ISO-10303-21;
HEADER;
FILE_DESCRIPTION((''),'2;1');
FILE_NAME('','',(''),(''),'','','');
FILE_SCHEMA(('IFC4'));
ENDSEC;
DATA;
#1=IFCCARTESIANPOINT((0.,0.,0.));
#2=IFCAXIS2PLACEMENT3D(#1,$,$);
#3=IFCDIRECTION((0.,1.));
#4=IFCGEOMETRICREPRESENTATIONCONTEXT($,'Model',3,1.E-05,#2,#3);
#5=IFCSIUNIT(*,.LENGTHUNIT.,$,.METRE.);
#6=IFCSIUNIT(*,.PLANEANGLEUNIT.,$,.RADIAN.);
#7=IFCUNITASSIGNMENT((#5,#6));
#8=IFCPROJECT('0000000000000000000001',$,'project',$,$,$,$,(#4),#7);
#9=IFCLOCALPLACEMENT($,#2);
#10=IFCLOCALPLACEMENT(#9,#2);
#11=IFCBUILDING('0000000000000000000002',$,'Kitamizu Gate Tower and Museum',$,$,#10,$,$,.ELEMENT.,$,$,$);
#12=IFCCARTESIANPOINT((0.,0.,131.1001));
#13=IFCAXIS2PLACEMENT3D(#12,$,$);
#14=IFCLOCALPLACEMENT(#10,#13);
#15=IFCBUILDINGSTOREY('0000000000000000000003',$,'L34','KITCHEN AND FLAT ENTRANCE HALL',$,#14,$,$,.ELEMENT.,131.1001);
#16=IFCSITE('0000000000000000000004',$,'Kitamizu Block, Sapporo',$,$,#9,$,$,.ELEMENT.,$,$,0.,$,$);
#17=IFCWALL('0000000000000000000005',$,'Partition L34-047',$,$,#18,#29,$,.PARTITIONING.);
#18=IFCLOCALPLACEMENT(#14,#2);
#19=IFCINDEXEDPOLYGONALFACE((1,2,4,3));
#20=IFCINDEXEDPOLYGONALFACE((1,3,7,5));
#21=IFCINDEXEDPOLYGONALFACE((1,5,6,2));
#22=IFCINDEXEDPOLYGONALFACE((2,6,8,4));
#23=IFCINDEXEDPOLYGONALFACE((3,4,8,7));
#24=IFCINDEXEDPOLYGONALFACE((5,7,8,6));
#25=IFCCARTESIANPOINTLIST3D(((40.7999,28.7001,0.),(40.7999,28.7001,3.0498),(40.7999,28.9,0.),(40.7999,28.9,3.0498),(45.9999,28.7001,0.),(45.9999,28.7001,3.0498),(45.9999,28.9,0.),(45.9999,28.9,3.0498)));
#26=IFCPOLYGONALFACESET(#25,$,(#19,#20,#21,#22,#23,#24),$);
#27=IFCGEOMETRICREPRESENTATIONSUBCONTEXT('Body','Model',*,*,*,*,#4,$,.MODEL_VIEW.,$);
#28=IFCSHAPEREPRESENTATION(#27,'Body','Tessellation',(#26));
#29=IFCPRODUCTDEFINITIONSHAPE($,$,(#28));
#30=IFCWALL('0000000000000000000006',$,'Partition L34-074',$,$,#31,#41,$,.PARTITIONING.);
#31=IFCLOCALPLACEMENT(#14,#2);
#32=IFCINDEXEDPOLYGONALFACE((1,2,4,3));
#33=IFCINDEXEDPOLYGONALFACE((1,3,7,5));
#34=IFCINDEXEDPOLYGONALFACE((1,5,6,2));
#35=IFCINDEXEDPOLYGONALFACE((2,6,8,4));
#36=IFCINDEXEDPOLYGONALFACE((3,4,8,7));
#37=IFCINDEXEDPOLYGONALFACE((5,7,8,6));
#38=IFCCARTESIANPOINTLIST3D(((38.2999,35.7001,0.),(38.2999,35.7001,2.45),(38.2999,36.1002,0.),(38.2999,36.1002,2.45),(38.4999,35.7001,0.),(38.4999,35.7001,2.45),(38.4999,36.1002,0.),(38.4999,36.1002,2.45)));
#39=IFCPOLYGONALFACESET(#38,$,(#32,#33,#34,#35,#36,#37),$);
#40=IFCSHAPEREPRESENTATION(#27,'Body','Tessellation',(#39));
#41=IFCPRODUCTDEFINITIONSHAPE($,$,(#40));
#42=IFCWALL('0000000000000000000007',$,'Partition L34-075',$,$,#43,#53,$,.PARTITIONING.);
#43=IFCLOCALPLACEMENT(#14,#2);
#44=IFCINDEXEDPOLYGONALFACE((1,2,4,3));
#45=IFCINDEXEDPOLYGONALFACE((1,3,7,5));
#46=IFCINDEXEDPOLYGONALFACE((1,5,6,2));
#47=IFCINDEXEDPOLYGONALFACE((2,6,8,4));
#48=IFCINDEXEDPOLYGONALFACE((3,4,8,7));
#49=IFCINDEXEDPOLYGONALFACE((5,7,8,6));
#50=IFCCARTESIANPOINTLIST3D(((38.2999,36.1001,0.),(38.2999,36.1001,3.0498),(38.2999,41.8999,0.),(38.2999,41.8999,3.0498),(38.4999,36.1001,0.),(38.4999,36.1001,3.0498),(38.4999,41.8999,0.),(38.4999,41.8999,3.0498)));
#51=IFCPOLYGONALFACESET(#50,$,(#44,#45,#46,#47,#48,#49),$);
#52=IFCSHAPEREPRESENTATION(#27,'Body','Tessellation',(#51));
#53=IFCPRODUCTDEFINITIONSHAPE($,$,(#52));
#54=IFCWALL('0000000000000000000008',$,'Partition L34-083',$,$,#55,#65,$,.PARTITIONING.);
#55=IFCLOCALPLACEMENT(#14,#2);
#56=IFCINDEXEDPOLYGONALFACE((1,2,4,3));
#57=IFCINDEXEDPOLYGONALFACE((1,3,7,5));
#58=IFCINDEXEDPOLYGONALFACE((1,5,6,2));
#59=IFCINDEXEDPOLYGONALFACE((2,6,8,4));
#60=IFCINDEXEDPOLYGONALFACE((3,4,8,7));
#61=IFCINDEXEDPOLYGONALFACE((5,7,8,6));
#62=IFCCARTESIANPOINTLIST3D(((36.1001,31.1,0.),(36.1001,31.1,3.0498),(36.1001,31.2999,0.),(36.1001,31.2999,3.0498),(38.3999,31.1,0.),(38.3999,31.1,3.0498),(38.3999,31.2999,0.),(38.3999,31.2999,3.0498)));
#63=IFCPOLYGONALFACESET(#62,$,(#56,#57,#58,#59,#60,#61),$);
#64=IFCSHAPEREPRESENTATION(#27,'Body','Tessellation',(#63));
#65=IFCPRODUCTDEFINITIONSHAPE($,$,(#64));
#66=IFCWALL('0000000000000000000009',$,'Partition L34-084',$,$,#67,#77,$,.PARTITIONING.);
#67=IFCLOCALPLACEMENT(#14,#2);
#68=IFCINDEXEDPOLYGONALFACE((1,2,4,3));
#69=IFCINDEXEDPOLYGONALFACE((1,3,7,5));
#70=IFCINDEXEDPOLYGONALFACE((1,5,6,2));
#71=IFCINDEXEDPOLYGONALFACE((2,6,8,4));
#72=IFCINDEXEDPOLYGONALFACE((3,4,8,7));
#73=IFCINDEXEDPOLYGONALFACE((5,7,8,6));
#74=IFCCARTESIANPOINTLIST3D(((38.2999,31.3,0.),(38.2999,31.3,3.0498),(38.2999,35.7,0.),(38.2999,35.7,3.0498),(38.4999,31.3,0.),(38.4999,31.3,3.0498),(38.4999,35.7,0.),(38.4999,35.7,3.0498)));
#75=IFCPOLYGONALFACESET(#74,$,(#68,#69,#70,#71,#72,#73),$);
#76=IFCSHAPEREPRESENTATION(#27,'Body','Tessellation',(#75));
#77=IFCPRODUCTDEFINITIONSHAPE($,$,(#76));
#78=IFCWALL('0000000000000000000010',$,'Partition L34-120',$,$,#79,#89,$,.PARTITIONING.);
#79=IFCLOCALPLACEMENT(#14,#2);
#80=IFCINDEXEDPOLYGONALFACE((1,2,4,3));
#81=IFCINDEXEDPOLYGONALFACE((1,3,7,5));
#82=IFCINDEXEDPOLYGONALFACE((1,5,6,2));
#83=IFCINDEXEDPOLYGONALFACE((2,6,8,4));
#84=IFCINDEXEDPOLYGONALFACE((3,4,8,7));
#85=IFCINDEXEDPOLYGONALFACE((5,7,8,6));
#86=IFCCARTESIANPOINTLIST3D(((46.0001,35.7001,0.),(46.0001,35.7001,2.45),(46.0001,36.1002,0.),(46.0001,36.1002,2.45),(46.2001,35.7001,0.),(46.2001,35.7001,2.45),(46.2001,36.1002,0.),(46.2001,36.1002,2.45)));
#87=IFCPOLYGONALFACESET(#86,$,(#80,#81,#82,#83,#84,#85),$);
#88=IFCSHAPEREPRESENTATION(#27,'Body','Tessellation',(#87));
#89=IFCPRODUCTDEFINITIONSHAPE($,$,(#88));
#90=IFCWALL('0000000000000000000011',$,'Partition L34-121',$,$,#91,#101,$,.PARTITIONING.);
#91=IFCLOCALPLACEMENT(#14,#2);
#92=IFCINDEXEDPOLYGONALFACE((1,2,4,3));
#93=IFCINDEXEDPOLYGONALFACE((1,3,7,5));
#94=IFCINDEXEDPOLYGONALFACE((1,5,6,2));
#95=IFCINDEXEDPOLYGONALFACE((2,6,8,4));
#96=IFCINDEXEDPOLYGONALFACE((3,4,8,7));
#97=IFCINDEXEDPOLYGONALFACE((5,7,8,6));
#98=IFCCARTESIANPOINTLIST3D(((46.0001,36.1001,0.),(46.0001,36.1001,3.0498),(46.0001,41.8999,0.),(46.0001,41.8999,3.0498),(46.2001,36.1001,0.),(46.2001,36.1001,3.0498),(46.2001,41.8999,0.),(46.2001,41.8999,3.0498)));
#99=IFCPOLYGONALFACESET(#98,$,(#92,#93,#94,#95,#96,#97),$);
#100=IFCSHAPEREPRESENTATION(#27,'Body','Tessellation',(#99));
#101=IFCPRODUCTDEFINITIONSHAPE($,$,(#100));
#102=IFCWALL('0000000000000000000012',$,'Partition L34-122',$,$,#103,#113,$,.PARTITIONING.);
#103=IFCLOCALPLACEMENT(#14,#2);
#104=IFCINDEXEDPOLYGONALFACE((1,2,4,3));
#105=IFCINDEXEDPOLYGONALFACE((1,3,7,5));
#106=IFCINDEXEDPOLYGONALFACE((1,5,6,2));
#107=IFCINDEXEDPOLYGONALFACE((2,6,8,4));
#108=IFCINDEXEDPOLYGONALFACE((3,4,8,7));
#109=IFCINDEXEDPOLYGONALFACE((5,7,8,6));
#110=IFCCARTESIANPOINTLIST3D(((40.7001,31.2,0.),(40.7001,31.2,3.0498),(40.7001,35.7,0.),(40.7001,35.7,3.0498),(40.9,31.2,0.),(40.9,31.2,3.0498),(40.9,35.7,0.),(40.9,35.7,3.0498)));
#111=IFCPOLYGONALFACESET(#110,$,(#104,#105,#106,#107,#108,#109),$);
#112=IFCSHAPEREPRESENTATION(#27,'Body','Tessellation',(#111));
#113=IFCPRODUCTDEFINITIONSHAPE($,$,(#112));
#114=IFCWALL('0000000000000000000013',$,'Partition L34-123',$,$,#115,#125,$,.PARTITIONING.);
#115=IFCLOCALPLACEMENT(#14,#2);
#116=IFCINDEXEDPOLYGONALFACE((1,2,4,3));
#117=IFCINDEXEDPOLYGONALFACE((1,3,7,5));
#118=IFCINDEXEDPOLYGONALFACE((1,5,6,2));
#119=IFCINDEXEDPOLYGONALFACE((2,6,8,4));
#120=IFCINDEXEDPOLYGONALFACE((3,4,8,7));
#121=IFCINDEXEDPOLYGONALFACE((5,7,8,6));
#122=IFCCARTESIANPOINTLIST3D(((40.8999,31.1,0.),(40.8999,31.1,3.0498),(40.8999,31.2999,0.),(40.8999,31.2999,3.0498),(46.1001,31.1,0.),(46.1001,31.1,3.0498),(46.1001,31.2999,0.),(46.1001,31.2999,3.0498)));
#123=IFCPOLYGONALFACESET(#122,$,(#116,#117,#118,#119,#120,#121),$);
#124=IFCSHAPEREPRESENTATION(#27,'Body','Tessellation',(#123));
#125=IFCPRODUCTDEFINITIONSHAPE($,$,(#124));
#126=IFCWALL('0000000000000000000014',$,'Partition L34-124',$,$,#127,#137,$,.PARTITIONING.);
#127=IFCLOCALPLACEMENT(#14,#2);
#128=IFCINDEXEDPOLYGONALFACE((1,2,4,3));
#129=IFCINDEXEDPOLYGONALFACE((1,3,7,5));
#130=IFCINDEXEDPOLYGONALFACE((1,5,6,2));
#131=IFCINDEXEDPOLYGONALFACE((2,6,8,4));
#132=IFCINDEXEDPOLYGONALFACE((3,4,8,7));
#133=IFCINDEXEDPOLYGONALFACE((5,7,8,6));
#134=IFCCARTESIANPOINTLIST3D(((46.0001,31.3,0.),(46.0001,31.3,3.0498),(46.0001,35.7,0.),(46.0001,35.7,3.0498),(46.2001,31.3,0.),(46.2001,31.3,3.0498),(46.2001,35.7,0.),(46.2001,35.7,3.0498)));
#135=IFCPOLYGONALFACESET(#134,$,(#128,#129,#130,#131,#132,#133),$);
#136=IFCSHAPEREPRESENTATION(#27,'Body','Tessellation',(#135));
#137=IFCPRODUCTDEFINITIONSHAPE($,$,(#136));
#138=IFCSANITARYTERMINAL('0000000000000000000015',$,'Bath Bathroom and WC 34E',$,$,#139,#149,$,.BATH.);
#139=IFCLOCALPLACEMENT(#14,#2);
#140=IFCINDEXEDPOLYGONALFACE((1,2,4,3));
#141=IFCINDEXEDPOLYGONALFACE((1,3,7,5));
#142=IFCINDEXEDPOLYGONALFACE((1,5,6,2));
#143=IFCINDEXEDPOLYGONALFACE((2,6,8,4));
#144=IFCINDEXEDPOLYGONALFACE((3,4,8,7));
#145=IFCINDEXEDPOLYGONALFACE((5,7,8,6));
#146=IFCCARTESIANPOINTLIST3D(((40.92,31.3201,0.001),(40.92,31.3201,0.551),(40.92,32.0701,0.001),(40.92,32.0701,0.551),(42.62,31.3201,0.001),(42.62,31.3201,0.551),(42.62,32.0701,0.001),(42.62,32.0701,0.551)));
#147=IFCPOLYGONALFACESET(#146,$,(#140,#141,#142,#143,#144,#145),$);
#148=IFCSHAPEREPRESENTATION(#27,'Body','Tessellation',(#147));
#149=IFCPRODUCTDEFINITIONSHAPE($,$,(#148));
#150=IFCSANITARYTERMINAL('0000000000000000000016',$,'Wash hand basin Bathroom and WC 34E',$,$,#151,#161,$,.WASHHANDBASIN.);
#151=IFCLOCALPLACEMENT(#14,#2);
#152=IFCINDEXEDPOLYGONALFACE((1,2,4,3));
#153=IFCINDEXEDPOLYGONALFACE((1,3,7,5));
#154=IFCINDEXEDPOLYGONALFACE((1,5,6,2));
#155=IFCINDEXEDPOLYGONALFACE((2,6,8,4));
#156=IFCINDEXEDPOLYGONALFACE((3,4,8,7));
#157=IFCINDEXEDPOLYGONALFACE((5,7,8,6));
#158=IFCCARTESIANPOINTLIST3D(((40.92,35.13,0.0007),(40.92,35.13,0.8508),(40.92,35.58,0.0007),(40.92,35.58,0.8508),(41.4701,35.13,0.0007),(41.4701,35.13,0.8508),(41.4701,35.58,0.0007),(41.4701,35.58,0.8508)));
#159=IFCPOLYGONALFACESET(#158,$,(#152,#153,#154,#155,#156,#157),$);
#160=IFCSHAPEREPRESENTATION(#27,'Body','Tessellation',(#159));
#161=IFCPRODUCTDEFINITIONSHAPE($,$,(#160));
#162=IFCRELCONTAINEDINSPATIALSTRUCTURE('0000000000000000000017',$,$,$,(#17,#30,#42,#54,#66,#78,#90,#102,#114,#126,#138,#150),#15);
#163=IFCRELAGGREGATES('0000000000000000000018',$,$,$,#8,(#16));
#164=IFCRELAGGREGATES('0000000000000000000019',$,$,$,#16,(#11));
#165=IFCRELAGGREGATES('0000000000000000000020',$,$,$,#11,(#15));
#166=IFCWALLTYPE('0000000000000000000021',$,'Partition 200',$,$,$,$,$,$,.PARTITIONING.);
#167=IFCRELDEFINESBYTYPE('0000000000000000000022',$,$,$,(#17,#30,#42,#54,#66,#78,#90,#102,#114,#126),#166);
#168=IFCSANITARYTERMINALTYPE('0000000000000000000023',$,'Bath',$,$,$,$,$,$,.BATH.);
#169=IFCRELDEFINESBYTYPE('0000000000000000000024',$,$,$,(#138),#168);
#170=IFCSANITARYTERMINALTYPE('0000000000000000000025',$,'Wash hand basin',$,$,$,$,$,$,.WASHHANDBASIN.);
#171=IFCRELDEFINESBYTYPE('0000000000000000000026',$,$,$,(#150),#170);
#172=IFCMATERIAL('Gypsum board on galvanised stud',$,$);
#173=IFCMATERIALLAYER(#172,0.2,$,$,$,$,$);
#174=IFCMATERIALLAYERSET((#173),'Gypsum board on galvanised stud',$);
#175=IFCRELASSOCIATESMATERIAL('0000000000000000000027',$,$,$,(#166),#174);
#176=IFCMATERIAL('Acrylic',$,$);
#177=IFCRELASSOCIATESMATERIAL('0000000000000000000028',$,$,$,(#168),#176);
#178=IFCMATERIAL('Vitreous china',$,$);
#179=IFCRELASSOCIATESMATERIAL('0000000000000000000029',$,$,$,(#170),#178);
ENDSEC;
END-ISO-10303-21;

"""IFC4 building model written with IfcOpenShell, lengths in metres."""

from ifc_helpers import new_model, si_unit, direction, frame, frame_2d, origin, origin_2d, place, context, subcontext, project, spatial, rectangle, extrude, material, layer, layer_set, type_object, element, save


model = new_model("IFC4")

# Units and contexts
model_context = context("Model", 3, precision=1e-05, world=origin(), true_north=direction((0.0, 1.0)))
body_context = subcontext(model_context, "Body", "Model", "MODEL_VIEW")
ifc_project = project(units=[si_unit("LENGTHUNIT", "METRE"), si_unit("PLANEANGLEUNIT", "RADIAN")], contexts=[model_context])

# Site, building, storey
site_placement = place(None, origin())
site = spatial("IfcSite", under=ifc_project, at=site_placement, Name="Kitamizu Block, Sapporo", CompositionType="ELEMENT", RefElevation=0.0)
building_placement = place(site_placement, origin())
building = spatial("IfcBuilding", under=site, at=building_placement, Name="Kitamizu Gate Tower and Museum", CompositionType="ELEMENT")
storey_placement = place(building_placement, frame((0.0, 0.0, 131.1001)))
storey = spatial("IfcBuildingStorey", under=building, at=storey_placement, Name="L34", Description="KITCHEN AND FLAT ENTRANCE HALL", CompositionType="ELEMENT", Elevation=131.1001)

# Walls
ifc_material_1 = material(Name="Gypsum board on galvanised stud")
ifc_layer_1 = layer(ifc_material_1, 0.2)
ifc_layer_set_1 = layer_set([ifc_layer_1], Name="Gypsum board on galvanised stud")
wall_type_1 = type_object("IfcWallType", Name="Partition 200", PredefinedType="PARTITIONING", material=ifc_layer_set_1)
wall_1_placement = place(storey_placement, frame((46.0, 28.8, 0.0), z_axis=(0.0, 0.0, 1.0), x_axis=(-1.0, 0.0, 0.0)))
element("IfcWall", 1, at=wall_1_placement, inside=storey, type_object=wall_type_1, Name="Partition L34-047", PredefinedType="PARTITIONING", context=body_context, shape_type="SweptSolid", body=[
    extrude(rectangle(XDim=5.2, YDim=0.2, at=frame_2d((2.6001, 0.0))), origin(), (0.0, 0.0, 1.0), 3.0498),
])
wall_2_placement = place(storey_placement, frame((38.3999, 35.7, 0.0), z_axis=(0.0, 0.0, 1.0), x_axis=(0.0, 1.0, 0.0)))
element("IfcWall", 2, at=wall_2_placement, inside=storey, type_object=wall_type_1, Name="Partition L34-074", PredefinedType="PARTITIONING", context=body_context, shape_type="SweptSolid", body=[
    extrude(rectangle(XDim=0.4001, YDim=0.2, at=frame_2d((0.2002, 0.0))), origin(), (0.0, 0.0, 1.0), 2.45),
])
wall_3_placement = place(storey_placement, frame((38.3999, 36.1001, 0.0), z_axis=(0.0, 0.0, 1.0), x_axis=(0.0, 1.0, 0.0)))
element("IfcWall", 3, at=wall_3_placement, inside=storey, type_object=wall_type_1, Name="Partition L34-075", PredefinedType="PARTITIONING", context=body_context, shape_type="SweptSolid", body=[
    extrude(rectangle(XDim=5.7998, YDim=0.2, at=frame_2d((2.8999, 0.0))), origin(), (0.0, 0.0, 1.0), 3.0498),
])
wall_4_placement = place(storey_placement, frame((36.1001, 31.2, 0.0), z_axis=(0.0, 0.0, 1.0), x_axis=(1.0, 0.0, 0.0)))
element("IfcWall", 4, at=wall_4_placement, inside=storey, type_object=wall_type_1, Name="Partition L34-083", PredefinedType="PARTITIONING", context=body_context, shape_type="SweptSolid", body=[
    extrude(rectangle(XDim=2.2998, YDim=0.2, at=frame_2d((1.1499, 0.0))), origin(), (0.0, 0.0, 1.0), 3.0498),
])
wall_5_placement = place(storey_placement, frame((38.3999, 31.3, 0.0), z_axis=(0.0, 0.0, 1.0), x_axis=(0.0, 1.0, 0.0)))
element("IfcWall", 5, at=wall_5_placement, inside=storey, type_object=wall_type_1, Name="Partition L34-084", PredefinedType="PARTITIONING", context=body_context, shape_type="SweptSolid", body=[
    extrude(rectangle(XDim=4.3999, YDim=0.2, at=frame_2d((2.2, 0.0))), origin(), (0.0, 0.0, 1.0), 3.0498),
])
wall_6_placement = place(storey_placement, frame((46.1001, 35.7, 0.0), z_axis=(0.0, 0.0, 1.0), x_axis=(0.0, 1.0, 0.0)))
element("IfcWall", 6, at=wall_6_placement, inside=storey, type_object=wall_type_1, Name="Partition L34-120", PredefinedType="PARTITIONING", context=body_context, shape_type="SweptSolid", body=[
    extrude(rectangle(XDim=0.4001, YDim=0.2, at=frame_2d((0.2002, 0.0))), origin(), (0.0, 0.0, 1.0), 2.45),
])
wall_7_placement = place(storey_placement, frame((46.1001, 36.1001, 0.0), z_axis=(0.0, 0.0, 1.0), x_axis=(0.0, 1.0, 0.0)))
element("IfcWall", 7, at=wall_7_placement, inside=storey, type_object=wall_type_1, Name="Partition L34-121", PredefinedType="PARTITIONING", context=body_context, shape_type="SweptSolid", body=[
    extrude(rectangle(XDim=5.7998, YDim=0.2, at=frame_2d((2.8999, 0.0))), origin(), (0.0, 0.0, 1.0), 3.0498),
])
wall_8_placement = place(storey_placement, frame((40.8, 35.7, 0.0), z_axis=(0.0, 0.0, 1.0), x_axis=(0.0, -1.0, 0.0)))
element("IfcWall", 8, at=wall_8_placement, inside=storey, type_object=wall_type_1, Name="Partition L34-122", PredefinedType="PARTITIONING", context=body_context, shape_type="SweptSolid", body=[
    extrude(rectangle(XDim=4.5, YDim=0.2, at=frame_2d((2.25, 0.0))), origin(), (0.0, 0.0, 1.0), 3.0498),
])
wall_9_placement = place(storey_placement, frame((40.8999, 31.2, 0.0), z_axis=(0.0, 0.0, 1.0), x_axis=(1.0, 0.0, 0.0)))
element("IfcWall", 9, at=wall_9_placement, inside=storey, type_object=wall_type_1, Name="Partition L34-123", PredefinedType="PARTITIONING", context=body_context, shape_type="SweptSolid", body=[
    extrude(rectangle(XDim=5.2002, YDim=0.2, at=frame_2d((2.6001, 0.0))), origin(), (0.0, 0.0, 1.0), 3.0498),
])
wall_10_placement = place(storey_placement, frame((46.1001, 31.3, 0.0), z_axis=(0.0, 0.0, 1.0), x_axis=(0.0, 1.0, 0.0)))
element("IfcWall", 10, at=wall_10_placement, inside=storey, type_object=wall_type_1, Name="Partition L34-124", PredefinedType="PARTITIONING", context=body_context, shape_type="SweptSolid", body=[
    extrude(rectangle(XDim=4.3999, YDim=0.2, at=frame_2d((2.2, 0.0))), origin(), (0.0, 0.0, 1.0), 3.0498),
])

# Sanitary terminals
ifc_material_2 = material(Name="Acrylic")
sanitary_terminal_type_1 = type_object("IfcSanitaryTerminalType", Name="Bath", PredefinedType="BATH", material=ifc_material_2)
sanitary_terminal_1_placement = place(storey_placement, frame((41.77, 31.6951, 0.001), z_axis=(0.0, 0.0, 1.0), x_axis=(1.0, 0.0, 0.0)))
element("IfcSanitaryTerminal", 11, at=sanitary_terminal_1_placement, inside=storey, type_object=sanitary_terminal_type_1, Name="Bath Bathroom and WC 34E", PredefinedType="BATH", context=body_context, shape_type="SweptSolid", body=[
    extrude(rectangle(XDim=1.7, YDim=0.75, at=origin_2d()), origin(), (0.0, 0.0, 1.0), 0.55),
])
ifc_material_3 = material(Name="Vitreous china")
sanitary_terminal_type_2 = type_object("IfcSanitaryTerminalType", Name="Wash hand basin", PredefinedType="WASHHANDBASIN", material=ifc_material_3)
sanitary_terminal_2_placement = place(storey_placement, frame((41.1951, 35.355, 0.0007), z_axis=(0.0, 0.0, 1.0), x_axis=(1.0, 0.0, 0.0)))
element("IfcSanitaryTerminal", 12, at=sanitary_terminal_2_placement, inside=storey, type_object=sanitary_terminal_type_2, Name="Wash hand basin Bathroom and WC 34E", PredefinedType="WASHHANDBASIN", context=body_context, shape_type="SweptSolid", body=[
    extrude(rectangle(XDim=0.55, YDim=0.45, at=origin_2d()), origin(), (0.0, 0.0, 1.0), 0.8501),
])

save(model, "model.ifc")
